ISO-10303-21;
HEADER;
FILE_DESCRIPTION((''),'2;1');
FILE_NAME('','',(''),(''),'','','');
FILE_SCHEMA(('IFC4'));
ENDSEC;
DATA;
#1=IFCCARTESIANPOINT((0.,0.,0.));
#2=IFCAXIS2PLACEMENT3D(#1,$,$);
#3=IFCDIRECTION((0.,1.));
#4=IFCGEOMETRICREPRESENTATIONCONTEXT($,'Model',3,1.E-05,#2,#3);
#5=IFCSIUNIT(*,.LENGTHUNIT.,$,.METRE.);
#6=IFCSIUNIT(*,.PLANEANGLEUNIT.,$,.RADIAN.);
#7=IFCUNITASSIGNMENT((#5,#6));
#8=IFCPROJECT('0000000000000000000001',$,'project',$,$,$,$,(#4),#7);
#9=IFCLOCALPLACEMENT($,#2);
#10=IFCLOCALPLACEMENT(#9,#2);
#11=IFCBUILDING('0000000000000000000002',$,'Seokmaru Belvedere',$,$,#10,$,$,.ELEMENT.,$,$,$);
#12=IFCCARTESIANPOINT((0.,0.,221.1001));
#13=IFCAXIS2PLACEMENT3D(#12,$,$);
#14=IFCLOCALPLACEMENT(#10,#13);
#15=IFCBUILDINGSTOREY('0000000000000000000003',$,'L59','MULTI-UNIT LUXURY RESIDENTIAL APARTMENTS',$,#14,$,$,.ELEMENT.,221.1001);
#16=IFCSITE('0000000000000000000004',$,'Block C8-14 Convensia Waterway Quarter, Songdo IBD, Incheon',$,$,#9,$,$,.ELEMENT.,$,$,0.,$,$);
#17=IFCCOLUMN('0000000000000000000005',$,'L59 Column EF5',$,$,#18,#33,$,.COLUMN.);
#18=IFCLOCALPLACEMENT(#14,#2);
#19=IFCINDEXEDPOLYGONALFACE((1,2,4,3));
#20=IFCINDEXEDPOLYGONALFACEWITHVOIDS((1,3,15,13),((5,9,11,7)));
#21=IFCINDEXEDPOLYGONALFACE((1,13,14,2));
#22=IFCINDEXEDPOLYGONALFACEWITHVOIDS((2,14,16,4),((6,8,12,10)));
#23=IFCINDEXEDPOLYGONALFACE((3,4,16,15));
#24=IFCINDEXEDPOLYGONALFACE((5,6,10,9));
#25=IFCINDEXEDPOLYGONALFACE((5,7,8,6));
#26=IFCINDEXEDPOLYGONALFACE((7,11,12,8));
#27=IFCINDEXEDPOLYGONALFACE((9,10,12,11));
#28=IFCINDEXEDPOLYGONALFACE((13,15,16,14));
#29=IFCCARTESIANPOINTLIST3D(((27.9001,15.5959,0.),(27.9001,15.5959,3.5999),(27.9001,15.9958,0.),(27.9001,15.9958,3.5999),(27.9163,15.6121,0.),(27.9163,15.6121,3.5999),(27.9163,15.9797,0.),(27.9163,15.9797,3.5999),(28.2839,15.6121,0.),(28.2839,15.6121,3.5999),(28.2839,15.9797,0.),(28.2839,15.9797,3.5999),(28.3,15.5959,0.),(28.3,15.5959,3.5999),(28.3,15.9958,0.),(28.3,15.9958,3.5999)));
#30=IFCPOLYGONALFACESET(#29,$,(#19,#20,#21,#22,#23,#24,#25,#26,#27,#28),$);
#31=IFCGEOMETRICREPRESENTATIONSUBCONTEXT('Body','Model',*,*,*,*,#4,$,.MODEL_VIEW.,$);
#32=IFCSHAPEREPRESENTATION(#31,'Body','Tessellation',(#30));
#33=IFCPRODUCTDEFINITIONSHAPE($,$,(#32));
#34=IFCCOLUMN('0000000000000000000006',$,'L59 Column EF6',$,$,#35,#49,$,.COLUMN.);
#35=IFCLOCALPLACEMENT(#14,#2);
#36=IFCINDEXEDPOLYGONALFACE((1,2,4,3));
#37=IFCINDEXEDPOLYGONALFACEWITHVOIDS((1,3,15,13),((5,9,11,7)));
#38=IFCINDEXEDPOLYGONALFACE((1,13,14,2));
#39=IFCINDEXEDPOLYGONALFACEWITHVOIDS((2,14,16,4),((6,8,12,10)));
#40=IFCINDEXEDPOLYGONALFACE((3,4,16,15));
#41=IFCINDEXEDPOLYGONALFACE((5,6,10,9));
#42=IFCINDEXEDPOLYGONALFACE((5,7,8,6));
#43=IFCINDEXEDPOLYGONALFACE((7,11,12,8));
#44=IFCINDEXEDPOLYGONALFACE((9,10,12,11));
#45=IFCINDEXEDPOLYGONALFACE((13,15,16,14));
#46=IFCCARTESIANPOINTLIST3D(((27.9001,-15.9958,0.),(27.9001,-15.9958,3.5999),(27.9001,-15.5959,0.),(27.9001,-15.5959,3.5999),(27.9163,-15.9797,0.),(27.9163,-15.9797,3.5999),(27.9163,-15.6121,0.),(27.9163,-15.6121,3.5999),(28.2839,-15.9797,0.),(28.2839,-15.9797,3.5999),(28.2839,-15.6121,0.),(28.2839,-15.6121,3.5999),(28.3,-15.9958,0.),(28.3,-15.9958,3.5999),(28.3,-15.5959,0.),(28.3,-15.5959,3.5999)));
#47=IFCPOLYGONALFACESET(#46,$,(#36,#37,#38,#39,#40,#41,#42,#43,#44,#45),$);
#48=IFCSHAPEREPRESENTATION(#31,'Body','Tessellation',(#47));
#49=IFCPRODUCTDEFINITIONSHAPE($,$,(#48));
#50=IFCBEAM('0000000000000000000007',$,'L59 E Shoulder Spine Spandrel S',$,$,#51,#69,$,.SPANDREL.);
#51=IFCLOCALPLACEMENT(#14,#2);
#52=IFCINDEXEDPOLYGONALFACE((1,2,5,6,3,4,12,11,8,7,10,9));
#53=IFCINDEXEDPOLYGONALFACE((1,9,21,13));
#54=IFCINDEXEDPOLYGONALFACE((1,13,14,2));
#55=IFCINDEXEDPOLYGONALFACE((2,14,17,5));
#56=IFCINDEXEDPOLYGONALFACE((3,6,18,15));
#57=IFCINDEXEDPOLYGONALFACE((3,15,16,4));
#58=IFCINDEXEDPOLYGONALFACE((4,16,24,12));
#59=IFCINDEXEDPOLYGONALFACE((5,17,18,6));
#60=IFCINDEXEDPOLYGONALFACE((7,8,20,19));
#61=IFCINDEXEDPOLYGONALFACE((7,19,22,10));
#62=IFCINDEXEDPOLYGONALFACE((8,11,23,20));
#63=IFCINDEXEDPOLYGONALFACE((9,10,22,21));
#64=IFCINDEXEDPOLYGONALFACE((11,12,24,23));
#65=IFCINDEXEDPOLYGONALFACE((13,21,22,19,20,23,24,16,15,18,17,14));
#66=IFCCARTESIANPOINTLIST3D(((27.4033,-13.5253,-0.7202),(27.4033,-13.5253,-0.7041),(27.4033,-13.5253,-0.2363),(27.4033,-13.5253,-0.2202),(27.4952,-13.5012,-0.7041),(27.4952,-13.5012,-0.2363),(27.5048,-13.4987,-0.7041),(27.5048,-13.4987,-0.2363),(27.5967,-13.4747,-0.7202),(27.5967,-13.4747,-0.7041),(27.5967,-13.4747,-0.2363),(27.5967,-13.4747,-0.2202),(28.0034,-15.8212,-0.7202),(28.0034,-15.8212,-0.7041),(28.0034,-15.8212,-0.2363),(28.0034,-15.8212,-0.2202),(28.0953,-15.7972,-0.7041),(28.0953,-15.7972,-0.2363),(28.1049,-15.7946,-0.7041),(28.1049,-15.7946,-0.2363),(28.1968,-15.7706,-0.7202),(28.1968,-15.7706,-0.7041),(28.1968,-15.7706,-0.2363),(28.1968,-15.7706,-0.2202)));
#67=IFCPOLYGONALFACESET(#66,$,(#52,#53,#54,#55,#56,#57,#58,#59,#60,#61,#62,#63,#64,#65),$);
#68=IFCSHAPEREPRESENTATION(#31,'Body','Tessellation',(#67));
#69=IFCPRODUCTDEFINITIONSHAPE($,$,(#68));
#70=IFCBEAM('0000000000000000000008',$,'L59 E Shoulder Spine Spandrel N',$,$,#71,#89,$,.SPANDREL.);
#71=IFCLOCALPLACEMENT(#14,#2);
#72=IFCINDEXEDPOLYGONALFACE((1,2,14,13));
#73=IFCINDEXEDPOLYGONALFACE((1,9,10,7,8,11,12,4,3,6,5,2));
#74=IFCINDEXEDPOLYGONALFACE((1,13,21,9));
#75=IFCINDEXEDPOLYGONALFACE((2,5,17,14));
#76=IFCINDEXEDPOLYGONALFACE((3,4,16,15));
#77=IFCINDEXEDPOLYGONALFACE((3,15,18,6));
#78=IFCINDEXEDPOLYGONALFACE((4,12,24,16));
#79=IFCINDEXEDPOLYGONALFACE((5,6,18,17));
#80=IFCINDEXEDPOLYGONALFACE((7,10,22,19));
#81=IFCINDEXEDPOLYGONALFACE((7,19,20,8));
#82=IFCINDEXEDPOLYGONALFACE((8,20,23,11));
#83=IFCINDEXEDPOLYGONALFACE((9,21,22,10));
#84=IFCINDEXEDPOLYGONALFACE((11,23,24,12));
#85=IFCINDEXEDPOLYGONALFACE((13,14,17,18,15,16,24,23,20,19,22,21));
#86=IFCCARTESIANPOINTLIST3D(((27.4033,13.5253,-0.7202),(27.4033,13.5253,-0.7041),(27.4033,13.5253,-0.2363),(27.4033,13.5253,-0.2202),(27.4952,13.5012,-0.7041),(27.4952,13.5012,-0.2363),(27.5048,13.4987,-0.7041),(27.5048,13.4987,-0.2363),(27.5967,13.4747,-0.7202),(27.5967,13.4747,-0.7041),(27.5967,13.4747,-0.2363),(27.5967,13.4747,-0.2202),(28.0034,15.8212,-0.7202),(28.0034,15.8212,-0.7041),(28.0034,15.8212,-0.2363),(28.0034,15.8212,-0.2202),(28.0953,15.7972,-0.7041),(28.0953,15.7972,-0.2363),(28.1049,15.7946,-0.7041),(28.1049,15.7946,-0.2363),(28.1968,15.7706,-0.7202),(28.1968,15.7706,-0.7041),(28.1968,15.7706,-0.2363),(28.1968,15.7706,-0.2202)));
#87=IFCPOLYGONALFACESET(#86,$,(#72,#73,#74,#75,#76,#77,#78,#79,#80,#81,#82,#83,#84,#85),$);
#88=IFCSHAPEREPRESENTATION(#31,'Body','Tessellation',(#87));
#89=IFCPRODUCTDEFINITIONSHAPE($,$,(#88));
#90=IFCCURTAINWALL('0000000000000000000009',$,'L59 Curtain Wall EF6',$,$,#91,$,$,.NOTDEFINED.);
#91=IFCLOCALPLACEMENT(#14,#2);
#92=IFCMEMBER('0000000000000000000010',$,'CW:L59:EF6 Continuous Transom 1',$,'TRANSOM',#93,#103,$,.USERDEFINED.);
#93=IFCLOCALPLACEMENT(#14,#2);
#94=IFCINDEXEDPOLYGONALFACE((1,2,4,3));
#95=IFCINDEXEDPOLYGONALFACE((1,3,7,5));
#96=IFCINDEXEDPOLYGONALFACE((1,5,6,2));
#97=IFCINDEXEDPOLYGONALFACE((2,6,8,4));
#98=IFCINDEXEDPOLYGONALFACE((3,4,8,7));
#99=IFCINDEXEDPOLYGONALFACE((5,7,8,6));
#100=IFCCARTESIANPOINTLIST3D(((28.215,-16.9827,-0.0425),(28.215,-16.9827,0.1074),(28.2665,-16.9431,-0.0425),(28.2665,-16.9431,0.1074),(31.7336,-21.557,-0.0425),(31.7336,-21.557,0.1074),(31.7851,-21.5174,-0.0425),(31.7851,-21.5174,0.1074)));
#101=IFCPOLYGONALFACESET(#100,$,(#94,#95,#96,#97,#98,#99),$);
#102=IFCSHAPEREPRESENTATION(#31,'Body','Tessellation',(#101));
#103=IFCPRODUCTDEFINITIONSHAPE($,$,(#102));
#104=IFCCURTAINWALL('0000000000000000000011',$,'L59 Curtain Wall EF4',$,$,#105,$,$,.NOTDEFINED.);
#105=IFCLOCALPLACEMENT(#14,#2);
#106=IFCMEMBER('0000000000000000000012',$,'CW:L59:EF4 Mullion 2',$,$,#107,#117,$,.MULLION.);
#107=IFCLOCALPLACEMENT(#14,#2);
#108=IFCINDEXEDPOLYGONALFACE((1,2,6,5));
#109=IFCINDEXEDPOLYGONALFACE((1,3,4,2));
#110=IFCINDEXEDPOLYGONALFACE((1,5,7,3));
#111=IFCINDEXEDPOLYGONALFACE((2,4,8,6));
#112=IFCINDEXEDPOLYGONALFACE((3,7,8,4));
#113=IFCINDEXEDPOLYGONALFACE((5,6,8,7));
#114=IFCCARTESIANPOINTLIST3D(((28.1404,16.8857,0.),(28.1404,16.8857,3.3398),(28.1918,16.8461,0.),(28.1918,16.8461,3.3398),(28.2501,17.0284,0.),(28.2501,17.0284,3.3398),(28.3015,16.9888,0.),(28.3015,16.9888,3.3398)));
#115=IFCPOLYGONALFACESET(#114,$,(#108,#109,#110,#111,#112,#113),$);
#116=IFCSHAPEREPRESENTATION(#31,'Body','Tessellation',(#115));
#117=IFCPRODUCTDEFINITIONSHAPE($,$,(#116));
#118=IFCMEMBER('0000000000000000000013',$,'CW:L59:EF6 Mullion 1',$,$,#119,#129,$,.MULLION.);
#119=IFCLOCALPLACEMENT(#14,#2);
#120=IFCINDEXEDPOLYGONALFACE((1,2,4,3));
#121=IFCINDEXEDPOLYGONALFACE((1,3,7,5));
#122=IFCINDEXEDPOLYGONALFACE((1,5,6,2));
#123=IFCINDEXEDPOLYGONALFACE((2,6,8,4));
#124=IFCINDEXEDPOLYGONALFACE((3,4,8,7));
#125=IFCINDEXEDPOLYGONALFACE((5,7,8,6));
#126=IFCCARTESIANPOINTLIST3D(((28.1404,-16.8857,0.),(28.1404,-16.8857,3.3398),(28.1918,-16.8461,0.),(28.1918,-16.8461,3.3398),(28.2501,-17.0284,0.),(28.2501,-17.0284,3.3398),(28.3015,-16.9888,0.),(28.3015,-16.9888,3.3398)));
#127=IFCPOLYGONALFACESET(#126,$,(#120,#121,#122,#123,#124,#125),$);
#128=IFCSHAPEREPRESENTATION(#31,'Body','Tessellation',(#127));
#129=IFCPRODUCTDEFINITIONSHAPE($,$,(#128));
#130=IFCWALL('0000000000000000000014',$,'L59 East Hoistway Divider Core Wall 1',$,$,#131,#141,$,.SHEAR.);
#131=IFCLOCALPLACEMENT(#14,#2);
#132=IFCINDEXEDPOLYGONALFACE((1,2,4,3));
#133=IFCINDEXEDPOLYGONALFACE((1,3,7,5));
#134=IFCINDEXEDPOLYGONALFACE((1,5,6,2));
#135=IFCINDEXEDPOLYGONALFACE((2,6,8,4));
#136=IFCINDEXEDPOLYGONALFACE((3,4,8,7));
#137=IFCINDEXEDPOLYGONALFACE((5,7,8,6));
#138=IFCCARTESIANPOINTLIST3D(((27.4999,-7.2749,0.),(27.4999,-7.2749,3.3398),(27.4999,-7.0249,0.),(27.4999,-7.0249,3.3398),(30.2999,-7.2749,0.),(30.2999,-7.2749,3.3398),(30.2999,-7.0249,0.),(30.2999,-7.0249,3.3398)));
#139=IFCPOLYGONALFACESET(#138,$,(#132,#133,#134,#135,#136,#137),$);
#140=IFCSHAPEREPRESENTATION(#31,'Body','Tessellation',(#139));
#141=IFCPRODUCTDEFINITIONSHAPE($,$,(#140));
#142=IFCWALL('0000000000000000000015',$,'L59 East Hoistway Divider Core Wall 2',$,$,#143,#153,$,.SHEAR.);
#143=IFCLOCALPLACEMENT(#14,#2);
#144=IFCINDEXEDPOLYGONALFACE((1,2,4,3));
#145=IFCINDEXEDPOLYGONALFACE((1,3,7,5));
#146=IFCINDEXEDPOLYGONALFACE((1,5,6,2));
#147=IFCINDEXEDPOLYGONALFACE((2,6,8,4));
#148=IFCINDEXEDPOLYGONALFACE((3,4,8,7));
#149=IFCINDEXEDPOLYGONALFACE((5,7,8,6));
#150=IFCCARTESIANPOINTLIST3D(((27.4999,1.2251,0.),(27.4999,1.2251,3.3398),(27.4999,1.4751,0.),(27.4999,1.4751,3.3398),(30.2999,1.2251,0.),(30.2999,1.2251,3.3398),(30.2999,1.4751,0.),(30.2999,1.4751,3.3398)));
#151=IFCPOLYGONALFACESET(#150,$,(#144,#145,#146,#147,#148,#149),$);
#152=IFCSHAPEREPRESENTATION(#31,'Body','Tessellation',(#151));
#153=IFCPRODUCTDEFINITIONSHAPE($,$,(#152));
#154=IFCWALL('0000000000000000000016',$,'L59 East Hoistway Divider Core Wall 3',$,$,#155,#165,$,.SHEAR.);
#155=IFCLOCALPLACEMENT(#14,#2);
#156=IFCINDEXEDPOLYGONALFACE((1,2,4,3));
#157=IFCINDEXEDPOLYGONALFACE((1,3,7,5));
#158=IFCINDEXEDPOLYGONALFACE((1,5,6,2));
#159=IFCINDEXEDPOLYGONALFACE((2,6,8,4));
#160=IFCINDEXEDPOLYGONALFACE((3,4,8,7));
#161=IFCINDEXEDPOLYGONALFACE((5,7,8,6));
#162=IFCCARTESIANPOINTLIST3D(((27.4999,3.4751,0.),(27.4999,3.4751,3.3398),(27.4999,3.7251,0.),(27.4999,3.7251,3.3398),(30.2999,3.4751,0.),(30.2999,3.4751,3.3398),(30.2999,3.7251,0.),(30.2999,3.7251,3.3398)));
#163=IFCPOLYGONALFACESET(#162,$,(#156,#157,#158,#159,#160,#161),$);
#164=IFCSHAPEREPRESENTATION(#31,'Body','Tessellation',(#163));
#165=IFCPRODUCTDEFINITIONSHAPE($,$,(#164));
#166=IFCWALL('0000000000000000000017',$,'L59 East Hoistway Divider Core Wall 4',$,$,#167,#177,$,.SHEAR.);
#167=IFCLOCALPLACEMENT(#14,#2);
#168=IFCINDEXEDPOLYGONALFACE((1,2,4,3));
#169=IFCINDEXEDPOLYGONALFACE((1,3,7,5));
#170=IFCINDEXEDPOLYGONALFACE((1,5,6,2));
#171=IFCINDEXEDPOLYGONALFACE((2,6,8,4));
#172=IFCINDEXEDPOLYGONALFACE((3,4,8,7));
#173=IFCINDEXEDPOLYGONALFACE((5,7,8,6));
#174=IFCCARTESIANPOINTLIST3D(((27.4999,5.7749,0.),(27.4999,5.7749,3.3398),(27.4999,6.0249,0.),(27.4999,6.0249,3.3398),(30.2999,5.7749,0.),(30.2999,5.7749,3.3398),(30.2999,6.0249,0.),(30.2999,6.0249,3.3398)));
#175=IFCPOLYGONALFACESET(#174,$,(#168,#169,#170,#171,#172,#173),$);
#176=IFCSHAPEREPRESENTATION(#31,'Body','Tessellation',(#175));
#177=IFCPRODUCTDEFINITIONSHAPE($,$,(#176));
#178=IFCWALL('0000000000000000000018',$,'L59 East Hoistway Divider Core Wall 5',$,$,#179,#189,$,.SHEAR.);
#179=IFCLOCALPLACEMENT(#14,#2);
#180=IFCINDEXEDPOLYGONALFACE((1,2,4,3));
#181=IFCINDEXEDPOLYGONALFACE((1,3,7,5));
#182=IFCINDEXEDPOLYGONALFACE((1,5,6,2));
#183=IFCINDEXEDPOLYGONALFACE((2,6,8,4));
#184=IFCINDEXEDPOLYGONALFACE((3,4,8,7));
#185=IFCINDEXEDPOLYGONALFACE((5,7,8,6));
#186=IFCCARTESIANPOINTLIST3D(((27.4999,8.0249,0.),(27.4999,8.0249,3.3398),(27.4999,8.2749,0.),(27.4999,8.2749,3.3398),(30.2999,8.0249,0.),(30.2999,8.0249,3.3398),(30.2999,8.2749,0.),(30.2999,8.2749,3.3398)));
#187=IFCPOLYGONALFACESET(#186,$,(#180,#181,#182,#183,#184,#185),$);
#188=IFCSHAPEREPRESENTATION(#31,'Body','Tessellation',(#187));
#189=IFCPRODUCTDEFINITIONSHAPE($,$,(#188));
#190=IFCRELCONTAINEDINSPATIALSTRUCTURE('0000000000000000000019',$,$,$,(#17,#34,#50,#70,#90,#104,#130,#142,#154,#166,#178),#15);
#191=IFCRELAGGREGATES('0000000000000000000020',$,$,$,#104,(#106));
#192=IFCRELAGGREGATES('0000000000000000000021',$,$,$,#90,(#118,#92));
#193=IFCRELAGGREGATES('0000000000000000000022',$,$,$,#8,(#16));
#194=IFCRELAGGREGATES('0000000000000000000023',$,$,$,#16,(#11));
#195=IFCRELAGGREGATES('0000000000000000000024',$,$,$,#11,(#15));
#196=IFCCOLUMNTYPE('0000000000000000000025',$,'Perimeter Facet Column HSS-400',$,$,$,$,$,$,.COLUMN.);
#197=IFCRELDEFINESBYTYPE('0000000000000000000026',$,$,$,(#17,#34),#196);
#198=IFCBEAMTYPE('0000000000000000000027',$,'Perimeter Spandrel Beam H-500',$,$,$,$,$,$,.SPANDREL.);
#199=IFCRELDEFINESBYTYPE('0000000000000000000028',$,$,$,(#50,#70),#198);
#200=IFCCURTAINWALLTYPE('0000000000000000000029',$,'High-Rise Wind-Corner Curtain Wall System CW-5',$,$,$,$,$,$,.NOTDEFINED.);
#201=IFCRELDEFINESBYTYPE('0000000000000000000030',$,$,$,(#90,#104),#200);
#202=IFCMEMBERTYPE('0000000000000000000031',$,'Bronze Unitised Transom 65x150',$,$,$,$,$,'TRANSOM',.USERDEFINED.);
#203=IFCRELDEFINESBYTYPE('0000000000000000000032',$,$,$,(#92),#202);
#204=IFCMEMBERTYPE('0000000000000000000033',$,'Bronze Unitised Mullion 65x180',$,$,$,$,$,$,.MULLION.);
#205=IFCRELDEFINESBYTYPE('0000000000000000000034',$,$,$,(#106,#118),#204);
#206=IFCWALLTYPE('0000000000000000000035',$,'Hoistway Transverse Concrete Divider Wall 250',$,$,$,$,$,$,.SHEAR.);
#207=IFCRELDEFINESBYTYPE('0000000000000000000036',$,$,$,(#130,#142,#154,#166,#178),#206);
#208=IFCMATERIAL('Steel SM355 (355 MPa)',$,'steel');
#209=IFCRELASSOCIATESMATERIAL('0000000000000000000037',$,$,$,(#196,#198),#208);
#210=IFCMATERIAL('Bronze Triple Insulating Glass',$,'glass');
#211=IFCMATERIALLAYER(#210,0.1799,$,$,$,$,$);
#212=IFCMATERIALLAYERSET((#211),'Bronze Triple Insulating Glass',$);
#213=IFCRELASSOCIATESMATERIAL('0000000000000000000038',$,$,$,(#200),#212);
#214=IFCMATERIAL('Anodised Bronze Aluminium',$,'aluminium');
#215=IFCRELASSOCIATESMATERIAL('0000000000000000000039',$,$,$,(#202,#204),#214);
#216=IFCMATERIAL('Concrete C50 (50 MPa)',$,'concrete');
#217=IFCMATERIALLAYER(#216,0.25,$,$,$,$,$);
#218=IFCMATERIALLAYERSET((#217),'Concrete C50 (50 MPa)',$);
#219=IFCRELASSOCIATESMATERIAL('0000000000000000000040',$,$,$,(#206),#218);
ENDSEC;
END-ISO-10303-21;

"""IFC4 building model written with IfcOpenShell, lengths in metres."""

from ifc_helpers import new_model, si_unit, direction, frame, frame_2d, origin, origin_2d, place, context, subcontext, project, spatial, rectangle, hollow_rectangle, i_section, extrude, source, transform, mapped, material, layer, layer_set, material_profile, profile_set, type_object, type_shapes, element, aggregate, save


model = new_model("IFC4")

# Units and contexts
model_context = context("Model", 3, precision=1e-05, world=origin(), true_north=direction((0.0, 1.0)))
body_context = subcontext(model_context, "Body", "Model", "MODEL_VIEW")
ifc_project = project(units=[si_unit("LENGTHUNIT", "METRE"), si_unit("PLANEANGLEUNIT", "RADIAN")], contexts=[model_context])

# Site, building, storey
site_placement = place(None, origin())
site = spatial("IfcSite", under=ifc_project, at=site_placement, Name="Block C8-14 Convensia Waterway Quarter, Songdo IBD, Incheon", CompositionType="ELEMENT", RefElevation=0.0)
building_placement = place(site_placement, origin())
building = spatial("IfcBuilding", under=site, at=building_placement, Name="Seokmaru Belvedere", CompositionType="ELEMENT")
storey_placement = place(building_placement, frame((0.0, 0.0, 221.1001)))
storey = spatial("IfcBuildingStorey", under=building, at=storey_placement, Name="L59", Description="MULTI-UNIT LUXURY RESIDENTIAL APARTMENTS", CompositionType="ELEMENT", Elevation=221.1001)

# Columns
ifc_material_1 = material(Name="Steel SM355 (355 MPa)", Category="steel")
ifc_material_profile_1 = material_profile(ifc_material_1, hollow_rectangle(XDim=0.3999, YDim=0.3999, WallThickness=0.0161, at=origin_2d()), Name="HSS-400x400x16")
ifc_profile_set_1 = profile_set([ifc_material_profile_1], Name="Steel SM355 (355 MPa)")
column_type = type_object("IfcColumnType", Name="Perimeter Facet Column HSS-400", PredefinedType="COLUMN", material=ifc_profile_set_1)
shared_shape_1 = source(origin(), body_context, "Body", "SweptSolid", [
    extrude(hollow_rectangle(XDim=0.3999, YDim=0.3999, WallThickness=0.0161, at=origin_2d()), origin(), (0.0, 0.0, 1.0), 3.5999),
])
type_shapes(column_type, [shared_shape_1])
for number, where, z_axis, x_axis, name in (
    (1, (28.1001, 15.7959, 0.0), (0.0, 0.0, 1.0), (1.0, 0.0, 0.0), "L59 Column EF5"),
    (2, (28.1001, -15.7959, 0.0), (0.0, 0.0, 1.0), (1.0, 0.0, 0.0), "L59 Column EF6"),
):
    element("IfcColumn", number, at=place(storey_placement, frame(where, z_axis=z_axis, x_axis=x_axis)), inside=storey, type_object=column_type, Name=name, PredefinedType="COLUMN", context=body_context, shape_type="MappedRepresentation", body=[
        mapped(shared_shape_1, transform((0.0, 0.0, 0.0), scale=1.0)),
    ])

# Beams
ifc_material_profile_2 = material_profile(ifc_material_1, i_section(OverallWidth=0.2, OverallDepth=0.5, WebThickness=0.01, FlangeThickness=0.0161, at=origin_2d()), Name="H-500x200x10x16")
ifc_profile_set_2 = profile_set([ifc_material_profile_2], Name="Steel SM355 (355 MPa)")
beam_type = type_object("IfcBeamType", Name="Perimeter Spandrel Beam H-500", PredefinedType="SPANDREL", material=ifc_profile_set_2)
shared_shape_2 = source(origin(), body_context, "Body", "SweptSolid", [
    extrude(i_section(OverallWidth=0.2, OverallDepth=0.5, WebThickness=0.01, FlangeThickness=0.0161, at=origin_2d()), origin(), (0.0, 0.0, 1.0), 2.373),
])
type_shapes(beam_type, [shared_shape_2])
for number, where, z_axis, x_axis, name in (
    (3, (28.1001, -15.7959, -0.4702), (-0.252883, 0.967497, 0.0), (-0.967497, -0.252883, 0.0), "L59 E Shoulder Spine Spandrel S"),
    (4, (28.1001, 15.7959, -0.4702), (-0.252883, -0.967497, 0.0), (0.967497, -0.252883, 0.0), "L59 E Shoulder Spine Spandrel N"),
):
    element("IfcBeam", number, at=place(storey_placement, frame(where, z_axis=z_axis, x_axis=x_axis)), inside=storey, type_object=beam_type, Name=name, PredefinedType="SPANDREL", context=body_context, shape_type="MappedRepresentation", body=[
        mapped(shared_shape_2, transform((0.0, 0.0, 0.0), scale=1.0)),
    ])

# Curtain walls, members
ifc_material_2 = material(Name="Bronze Triple Insulating Glass", Category="glass")
ifc_layer_1 = layer(ifc_material_2, 0.1799)
ifc_layer_set_1 = layer_set([ifc_layer_1], Name="Bronze Triple Insulating Glass")
curtain_wall_type = type_object("IfcCurtainWallType", Name="High-Rise Wind-Corner Curtain Wall System CW-5", PredefinedType="NOTDEFINED", material=ifc_layer_set_1)
curtain_wall_1_placement = place(storey_placement, origin())
curtain_wall_1 = element("IfcCurtainWall", 5, at=curtain_wall_1_placement, inside=storey, type_object=curtain_wall_type, Name="L59 Curtain Wall EF6", PredefinedType="NOTDEFINED")
ifc_material_3 = material(Name="Anodised Bronze Aluminium", Category="aluminium")
ifc_material_profile_3 = material_profile(ifc_material_3, rectangle(XDim=0.0649, YDim=0.1499, at=origin_2d()), Name="CW-T-65x150")
ifc_profile_set_3 = profile_set([ifc_material_profile_3], Name="Anodised Bronze Aluminium")
member_type_1 = type_object("IfcMemberType", Name="Bronze Unitised Transom 65x150", ElementType="TRANSOM", PredefinedType="USERDEFINED", material=ifc_profile_set_3)
shared_shape_3 = source(origin(), body_context, "Body", "SweptSolid", [
    extrude(rectangle(XDim=0.0649, YDim=0.1499, at=origin_2d()), origin(), (0.0, 0.0, 1.0), 5.771),
])
type_shapes(member_type_1, [shared_shape_3])
member_1_placement = place(storey_placement, frame((28.2407, -16.9629, 0.0325), z_axis=(0.609703, -0.79263, 0.0), x_axis=(0.79263, 0.609703, 0.0)))
member_1 = element("IfcMember", 6, at=member_1_placement, type_object=member_type_1, Name="CW:L59:EF6 Continuous Transom 1", ObjectType="TRANSOM", PredefinedType="USERDEFINED", context=body_context, shape_type="MappedRepresentation", body=[
    mapped(shared_shape_3, transform((0.0, 0.0, 0.0), scale=1.0)),
])
curtain_wall_2_placement = place(storey_placement, origin())
curtain_wall_2 = element("IfcCurtainWall", 7, at=curtain_wall_2_placement, inside=storey, type_object=curtain_wall_type, Name="L59 Curtain Wall EF4", PredefinedType="NOTDEFINED")
ifc_material_profile_4 = material_profile(ifc_material_3, rectangle(XDim=0.0649, YDim=0.1799, at=origin_2d()), Name="CW-M-65x180")
ifc_profile_set_4 = profile_set([ifc_material_profile_4], Name="Anodised Bronze Aluminium")
member_type_2 = type_object("IfcMemberType", Name="Bronze Unitised Mullion 65x180", PredefinedType="MULLION", material=ifc_profile_set_4)
shared_shape_4 = source(origin(), body_context, "Body", "SweptSolid", [
    extrude(rectangle(XDim=0.0649, YDim=0.1799, at=origin_2d()), origin(), (0.0, 0.0, 1.0), 3.3398),
])
type_shapes(member_type_2, [shared_shape_4])
member_2_placement = place(storey_placement, frame((28.2209, 16.9373, 0.0), z_axis=(0.0, 0.0, 1.0), x_axis=(0.792631, -0.609701, 0.0)))
member_2 = element("IfcMember", 8, at=member_2_placement, type_object=member_type_2, Name="CW:L59:EF4 Mullion 2", PredefinedType="MULLION", context=body_context, shape_type="MappedRepresentation", body=[
    mapped(shared_shape_4, transform((0.0, 0.0, 0.0), scale=1.0)),
])
aggregate(curtain_wall_2, [member_2])

# Member
member_3_placement = place(storey_placement, frame((28.2209, -16.9373, 0.0), z_axis=(0.0, 0.0, 1.0), x_axis=(0.792631, 0.609701, 0.0)))
member_3 = element("IfcMember", 9, at=member_3_placement, type_object=member_type_2, Name="CW:L59:EF6 Mullion 1", PredefinedType="MULLION", context=body_context, shape_type="MappedRepresentation", body=[
    mapped(shared_shape_4, transform((0.0, 0.0, 0.0), scale=1.0)),
])
aggregate(curtain_wall_1, [member_3, member_1])

# Walls
ifc_material_4 = material(Name="Concrete C50 (50 MPa)", Category="concrete")
ifc_layer_2 = layer(ifc_material_4, 0.25)
ifc_layer_set_2 = layer_set([ifc_layer_2], Name="Concrete C50 (50 MPa)")
wall_type_1 = type_object("IfcWallType", Name="Hoistway Transverse Concrete Divider Wall 250", PredefinedType="SHEAR", material=ifc_layer_set_2)
for number, where, z_axis, x_axis, name in (
    (10, (27.5, -7.1499, 0.0), (0.0, 0.0, 1.0), (1.0, 0.0, 0.0), "L59 East Hoistway Divider Core Wall 1"),
    (11, (27.5, 1.3501, 0.0), (0.0, 0.0, 1.0), (1.0, 0.0, 0.0), "L59 East Hoistway Divider Core Wall 2"),
    (12, (27.5, 3.6001, 0.0), (0.0, 0.0, 1.0), (1.0, 0.0, 0.0), "L59 East Hoistway Divider Core Wall 3"),
    (13, (27.5, 5.8999, 0.0), (0.0, 0.0, 1.0), (1.0, 0.0, 0.0), "L59 East Hoistway Divider Core Wall 4"),
    (14, (27.5, 8.1499, 0.0), (0.0, 0.0, 1.0), (1.0, 0.0, 0.0), "L59 East Hoistway Divider Core Wall 5"),
):
    element("IfcWall", number, at=place(storey_placement, frame(where, z_axis=z_axis, x_axis=x_axis)), inside=storey, type_object=wall_type_1, Name=name, PredefinedType="SHEAR", context=body_context, shape_type="SweptSolid", body=[
        extrude(rectangle(XDim=2.8, YDim=0.25, at=frame_2d((1.3999, 0.0))), origin(), (0.0, 0.0, 1.0), 3.3398),
    ])

save(model, "model.ifc")
